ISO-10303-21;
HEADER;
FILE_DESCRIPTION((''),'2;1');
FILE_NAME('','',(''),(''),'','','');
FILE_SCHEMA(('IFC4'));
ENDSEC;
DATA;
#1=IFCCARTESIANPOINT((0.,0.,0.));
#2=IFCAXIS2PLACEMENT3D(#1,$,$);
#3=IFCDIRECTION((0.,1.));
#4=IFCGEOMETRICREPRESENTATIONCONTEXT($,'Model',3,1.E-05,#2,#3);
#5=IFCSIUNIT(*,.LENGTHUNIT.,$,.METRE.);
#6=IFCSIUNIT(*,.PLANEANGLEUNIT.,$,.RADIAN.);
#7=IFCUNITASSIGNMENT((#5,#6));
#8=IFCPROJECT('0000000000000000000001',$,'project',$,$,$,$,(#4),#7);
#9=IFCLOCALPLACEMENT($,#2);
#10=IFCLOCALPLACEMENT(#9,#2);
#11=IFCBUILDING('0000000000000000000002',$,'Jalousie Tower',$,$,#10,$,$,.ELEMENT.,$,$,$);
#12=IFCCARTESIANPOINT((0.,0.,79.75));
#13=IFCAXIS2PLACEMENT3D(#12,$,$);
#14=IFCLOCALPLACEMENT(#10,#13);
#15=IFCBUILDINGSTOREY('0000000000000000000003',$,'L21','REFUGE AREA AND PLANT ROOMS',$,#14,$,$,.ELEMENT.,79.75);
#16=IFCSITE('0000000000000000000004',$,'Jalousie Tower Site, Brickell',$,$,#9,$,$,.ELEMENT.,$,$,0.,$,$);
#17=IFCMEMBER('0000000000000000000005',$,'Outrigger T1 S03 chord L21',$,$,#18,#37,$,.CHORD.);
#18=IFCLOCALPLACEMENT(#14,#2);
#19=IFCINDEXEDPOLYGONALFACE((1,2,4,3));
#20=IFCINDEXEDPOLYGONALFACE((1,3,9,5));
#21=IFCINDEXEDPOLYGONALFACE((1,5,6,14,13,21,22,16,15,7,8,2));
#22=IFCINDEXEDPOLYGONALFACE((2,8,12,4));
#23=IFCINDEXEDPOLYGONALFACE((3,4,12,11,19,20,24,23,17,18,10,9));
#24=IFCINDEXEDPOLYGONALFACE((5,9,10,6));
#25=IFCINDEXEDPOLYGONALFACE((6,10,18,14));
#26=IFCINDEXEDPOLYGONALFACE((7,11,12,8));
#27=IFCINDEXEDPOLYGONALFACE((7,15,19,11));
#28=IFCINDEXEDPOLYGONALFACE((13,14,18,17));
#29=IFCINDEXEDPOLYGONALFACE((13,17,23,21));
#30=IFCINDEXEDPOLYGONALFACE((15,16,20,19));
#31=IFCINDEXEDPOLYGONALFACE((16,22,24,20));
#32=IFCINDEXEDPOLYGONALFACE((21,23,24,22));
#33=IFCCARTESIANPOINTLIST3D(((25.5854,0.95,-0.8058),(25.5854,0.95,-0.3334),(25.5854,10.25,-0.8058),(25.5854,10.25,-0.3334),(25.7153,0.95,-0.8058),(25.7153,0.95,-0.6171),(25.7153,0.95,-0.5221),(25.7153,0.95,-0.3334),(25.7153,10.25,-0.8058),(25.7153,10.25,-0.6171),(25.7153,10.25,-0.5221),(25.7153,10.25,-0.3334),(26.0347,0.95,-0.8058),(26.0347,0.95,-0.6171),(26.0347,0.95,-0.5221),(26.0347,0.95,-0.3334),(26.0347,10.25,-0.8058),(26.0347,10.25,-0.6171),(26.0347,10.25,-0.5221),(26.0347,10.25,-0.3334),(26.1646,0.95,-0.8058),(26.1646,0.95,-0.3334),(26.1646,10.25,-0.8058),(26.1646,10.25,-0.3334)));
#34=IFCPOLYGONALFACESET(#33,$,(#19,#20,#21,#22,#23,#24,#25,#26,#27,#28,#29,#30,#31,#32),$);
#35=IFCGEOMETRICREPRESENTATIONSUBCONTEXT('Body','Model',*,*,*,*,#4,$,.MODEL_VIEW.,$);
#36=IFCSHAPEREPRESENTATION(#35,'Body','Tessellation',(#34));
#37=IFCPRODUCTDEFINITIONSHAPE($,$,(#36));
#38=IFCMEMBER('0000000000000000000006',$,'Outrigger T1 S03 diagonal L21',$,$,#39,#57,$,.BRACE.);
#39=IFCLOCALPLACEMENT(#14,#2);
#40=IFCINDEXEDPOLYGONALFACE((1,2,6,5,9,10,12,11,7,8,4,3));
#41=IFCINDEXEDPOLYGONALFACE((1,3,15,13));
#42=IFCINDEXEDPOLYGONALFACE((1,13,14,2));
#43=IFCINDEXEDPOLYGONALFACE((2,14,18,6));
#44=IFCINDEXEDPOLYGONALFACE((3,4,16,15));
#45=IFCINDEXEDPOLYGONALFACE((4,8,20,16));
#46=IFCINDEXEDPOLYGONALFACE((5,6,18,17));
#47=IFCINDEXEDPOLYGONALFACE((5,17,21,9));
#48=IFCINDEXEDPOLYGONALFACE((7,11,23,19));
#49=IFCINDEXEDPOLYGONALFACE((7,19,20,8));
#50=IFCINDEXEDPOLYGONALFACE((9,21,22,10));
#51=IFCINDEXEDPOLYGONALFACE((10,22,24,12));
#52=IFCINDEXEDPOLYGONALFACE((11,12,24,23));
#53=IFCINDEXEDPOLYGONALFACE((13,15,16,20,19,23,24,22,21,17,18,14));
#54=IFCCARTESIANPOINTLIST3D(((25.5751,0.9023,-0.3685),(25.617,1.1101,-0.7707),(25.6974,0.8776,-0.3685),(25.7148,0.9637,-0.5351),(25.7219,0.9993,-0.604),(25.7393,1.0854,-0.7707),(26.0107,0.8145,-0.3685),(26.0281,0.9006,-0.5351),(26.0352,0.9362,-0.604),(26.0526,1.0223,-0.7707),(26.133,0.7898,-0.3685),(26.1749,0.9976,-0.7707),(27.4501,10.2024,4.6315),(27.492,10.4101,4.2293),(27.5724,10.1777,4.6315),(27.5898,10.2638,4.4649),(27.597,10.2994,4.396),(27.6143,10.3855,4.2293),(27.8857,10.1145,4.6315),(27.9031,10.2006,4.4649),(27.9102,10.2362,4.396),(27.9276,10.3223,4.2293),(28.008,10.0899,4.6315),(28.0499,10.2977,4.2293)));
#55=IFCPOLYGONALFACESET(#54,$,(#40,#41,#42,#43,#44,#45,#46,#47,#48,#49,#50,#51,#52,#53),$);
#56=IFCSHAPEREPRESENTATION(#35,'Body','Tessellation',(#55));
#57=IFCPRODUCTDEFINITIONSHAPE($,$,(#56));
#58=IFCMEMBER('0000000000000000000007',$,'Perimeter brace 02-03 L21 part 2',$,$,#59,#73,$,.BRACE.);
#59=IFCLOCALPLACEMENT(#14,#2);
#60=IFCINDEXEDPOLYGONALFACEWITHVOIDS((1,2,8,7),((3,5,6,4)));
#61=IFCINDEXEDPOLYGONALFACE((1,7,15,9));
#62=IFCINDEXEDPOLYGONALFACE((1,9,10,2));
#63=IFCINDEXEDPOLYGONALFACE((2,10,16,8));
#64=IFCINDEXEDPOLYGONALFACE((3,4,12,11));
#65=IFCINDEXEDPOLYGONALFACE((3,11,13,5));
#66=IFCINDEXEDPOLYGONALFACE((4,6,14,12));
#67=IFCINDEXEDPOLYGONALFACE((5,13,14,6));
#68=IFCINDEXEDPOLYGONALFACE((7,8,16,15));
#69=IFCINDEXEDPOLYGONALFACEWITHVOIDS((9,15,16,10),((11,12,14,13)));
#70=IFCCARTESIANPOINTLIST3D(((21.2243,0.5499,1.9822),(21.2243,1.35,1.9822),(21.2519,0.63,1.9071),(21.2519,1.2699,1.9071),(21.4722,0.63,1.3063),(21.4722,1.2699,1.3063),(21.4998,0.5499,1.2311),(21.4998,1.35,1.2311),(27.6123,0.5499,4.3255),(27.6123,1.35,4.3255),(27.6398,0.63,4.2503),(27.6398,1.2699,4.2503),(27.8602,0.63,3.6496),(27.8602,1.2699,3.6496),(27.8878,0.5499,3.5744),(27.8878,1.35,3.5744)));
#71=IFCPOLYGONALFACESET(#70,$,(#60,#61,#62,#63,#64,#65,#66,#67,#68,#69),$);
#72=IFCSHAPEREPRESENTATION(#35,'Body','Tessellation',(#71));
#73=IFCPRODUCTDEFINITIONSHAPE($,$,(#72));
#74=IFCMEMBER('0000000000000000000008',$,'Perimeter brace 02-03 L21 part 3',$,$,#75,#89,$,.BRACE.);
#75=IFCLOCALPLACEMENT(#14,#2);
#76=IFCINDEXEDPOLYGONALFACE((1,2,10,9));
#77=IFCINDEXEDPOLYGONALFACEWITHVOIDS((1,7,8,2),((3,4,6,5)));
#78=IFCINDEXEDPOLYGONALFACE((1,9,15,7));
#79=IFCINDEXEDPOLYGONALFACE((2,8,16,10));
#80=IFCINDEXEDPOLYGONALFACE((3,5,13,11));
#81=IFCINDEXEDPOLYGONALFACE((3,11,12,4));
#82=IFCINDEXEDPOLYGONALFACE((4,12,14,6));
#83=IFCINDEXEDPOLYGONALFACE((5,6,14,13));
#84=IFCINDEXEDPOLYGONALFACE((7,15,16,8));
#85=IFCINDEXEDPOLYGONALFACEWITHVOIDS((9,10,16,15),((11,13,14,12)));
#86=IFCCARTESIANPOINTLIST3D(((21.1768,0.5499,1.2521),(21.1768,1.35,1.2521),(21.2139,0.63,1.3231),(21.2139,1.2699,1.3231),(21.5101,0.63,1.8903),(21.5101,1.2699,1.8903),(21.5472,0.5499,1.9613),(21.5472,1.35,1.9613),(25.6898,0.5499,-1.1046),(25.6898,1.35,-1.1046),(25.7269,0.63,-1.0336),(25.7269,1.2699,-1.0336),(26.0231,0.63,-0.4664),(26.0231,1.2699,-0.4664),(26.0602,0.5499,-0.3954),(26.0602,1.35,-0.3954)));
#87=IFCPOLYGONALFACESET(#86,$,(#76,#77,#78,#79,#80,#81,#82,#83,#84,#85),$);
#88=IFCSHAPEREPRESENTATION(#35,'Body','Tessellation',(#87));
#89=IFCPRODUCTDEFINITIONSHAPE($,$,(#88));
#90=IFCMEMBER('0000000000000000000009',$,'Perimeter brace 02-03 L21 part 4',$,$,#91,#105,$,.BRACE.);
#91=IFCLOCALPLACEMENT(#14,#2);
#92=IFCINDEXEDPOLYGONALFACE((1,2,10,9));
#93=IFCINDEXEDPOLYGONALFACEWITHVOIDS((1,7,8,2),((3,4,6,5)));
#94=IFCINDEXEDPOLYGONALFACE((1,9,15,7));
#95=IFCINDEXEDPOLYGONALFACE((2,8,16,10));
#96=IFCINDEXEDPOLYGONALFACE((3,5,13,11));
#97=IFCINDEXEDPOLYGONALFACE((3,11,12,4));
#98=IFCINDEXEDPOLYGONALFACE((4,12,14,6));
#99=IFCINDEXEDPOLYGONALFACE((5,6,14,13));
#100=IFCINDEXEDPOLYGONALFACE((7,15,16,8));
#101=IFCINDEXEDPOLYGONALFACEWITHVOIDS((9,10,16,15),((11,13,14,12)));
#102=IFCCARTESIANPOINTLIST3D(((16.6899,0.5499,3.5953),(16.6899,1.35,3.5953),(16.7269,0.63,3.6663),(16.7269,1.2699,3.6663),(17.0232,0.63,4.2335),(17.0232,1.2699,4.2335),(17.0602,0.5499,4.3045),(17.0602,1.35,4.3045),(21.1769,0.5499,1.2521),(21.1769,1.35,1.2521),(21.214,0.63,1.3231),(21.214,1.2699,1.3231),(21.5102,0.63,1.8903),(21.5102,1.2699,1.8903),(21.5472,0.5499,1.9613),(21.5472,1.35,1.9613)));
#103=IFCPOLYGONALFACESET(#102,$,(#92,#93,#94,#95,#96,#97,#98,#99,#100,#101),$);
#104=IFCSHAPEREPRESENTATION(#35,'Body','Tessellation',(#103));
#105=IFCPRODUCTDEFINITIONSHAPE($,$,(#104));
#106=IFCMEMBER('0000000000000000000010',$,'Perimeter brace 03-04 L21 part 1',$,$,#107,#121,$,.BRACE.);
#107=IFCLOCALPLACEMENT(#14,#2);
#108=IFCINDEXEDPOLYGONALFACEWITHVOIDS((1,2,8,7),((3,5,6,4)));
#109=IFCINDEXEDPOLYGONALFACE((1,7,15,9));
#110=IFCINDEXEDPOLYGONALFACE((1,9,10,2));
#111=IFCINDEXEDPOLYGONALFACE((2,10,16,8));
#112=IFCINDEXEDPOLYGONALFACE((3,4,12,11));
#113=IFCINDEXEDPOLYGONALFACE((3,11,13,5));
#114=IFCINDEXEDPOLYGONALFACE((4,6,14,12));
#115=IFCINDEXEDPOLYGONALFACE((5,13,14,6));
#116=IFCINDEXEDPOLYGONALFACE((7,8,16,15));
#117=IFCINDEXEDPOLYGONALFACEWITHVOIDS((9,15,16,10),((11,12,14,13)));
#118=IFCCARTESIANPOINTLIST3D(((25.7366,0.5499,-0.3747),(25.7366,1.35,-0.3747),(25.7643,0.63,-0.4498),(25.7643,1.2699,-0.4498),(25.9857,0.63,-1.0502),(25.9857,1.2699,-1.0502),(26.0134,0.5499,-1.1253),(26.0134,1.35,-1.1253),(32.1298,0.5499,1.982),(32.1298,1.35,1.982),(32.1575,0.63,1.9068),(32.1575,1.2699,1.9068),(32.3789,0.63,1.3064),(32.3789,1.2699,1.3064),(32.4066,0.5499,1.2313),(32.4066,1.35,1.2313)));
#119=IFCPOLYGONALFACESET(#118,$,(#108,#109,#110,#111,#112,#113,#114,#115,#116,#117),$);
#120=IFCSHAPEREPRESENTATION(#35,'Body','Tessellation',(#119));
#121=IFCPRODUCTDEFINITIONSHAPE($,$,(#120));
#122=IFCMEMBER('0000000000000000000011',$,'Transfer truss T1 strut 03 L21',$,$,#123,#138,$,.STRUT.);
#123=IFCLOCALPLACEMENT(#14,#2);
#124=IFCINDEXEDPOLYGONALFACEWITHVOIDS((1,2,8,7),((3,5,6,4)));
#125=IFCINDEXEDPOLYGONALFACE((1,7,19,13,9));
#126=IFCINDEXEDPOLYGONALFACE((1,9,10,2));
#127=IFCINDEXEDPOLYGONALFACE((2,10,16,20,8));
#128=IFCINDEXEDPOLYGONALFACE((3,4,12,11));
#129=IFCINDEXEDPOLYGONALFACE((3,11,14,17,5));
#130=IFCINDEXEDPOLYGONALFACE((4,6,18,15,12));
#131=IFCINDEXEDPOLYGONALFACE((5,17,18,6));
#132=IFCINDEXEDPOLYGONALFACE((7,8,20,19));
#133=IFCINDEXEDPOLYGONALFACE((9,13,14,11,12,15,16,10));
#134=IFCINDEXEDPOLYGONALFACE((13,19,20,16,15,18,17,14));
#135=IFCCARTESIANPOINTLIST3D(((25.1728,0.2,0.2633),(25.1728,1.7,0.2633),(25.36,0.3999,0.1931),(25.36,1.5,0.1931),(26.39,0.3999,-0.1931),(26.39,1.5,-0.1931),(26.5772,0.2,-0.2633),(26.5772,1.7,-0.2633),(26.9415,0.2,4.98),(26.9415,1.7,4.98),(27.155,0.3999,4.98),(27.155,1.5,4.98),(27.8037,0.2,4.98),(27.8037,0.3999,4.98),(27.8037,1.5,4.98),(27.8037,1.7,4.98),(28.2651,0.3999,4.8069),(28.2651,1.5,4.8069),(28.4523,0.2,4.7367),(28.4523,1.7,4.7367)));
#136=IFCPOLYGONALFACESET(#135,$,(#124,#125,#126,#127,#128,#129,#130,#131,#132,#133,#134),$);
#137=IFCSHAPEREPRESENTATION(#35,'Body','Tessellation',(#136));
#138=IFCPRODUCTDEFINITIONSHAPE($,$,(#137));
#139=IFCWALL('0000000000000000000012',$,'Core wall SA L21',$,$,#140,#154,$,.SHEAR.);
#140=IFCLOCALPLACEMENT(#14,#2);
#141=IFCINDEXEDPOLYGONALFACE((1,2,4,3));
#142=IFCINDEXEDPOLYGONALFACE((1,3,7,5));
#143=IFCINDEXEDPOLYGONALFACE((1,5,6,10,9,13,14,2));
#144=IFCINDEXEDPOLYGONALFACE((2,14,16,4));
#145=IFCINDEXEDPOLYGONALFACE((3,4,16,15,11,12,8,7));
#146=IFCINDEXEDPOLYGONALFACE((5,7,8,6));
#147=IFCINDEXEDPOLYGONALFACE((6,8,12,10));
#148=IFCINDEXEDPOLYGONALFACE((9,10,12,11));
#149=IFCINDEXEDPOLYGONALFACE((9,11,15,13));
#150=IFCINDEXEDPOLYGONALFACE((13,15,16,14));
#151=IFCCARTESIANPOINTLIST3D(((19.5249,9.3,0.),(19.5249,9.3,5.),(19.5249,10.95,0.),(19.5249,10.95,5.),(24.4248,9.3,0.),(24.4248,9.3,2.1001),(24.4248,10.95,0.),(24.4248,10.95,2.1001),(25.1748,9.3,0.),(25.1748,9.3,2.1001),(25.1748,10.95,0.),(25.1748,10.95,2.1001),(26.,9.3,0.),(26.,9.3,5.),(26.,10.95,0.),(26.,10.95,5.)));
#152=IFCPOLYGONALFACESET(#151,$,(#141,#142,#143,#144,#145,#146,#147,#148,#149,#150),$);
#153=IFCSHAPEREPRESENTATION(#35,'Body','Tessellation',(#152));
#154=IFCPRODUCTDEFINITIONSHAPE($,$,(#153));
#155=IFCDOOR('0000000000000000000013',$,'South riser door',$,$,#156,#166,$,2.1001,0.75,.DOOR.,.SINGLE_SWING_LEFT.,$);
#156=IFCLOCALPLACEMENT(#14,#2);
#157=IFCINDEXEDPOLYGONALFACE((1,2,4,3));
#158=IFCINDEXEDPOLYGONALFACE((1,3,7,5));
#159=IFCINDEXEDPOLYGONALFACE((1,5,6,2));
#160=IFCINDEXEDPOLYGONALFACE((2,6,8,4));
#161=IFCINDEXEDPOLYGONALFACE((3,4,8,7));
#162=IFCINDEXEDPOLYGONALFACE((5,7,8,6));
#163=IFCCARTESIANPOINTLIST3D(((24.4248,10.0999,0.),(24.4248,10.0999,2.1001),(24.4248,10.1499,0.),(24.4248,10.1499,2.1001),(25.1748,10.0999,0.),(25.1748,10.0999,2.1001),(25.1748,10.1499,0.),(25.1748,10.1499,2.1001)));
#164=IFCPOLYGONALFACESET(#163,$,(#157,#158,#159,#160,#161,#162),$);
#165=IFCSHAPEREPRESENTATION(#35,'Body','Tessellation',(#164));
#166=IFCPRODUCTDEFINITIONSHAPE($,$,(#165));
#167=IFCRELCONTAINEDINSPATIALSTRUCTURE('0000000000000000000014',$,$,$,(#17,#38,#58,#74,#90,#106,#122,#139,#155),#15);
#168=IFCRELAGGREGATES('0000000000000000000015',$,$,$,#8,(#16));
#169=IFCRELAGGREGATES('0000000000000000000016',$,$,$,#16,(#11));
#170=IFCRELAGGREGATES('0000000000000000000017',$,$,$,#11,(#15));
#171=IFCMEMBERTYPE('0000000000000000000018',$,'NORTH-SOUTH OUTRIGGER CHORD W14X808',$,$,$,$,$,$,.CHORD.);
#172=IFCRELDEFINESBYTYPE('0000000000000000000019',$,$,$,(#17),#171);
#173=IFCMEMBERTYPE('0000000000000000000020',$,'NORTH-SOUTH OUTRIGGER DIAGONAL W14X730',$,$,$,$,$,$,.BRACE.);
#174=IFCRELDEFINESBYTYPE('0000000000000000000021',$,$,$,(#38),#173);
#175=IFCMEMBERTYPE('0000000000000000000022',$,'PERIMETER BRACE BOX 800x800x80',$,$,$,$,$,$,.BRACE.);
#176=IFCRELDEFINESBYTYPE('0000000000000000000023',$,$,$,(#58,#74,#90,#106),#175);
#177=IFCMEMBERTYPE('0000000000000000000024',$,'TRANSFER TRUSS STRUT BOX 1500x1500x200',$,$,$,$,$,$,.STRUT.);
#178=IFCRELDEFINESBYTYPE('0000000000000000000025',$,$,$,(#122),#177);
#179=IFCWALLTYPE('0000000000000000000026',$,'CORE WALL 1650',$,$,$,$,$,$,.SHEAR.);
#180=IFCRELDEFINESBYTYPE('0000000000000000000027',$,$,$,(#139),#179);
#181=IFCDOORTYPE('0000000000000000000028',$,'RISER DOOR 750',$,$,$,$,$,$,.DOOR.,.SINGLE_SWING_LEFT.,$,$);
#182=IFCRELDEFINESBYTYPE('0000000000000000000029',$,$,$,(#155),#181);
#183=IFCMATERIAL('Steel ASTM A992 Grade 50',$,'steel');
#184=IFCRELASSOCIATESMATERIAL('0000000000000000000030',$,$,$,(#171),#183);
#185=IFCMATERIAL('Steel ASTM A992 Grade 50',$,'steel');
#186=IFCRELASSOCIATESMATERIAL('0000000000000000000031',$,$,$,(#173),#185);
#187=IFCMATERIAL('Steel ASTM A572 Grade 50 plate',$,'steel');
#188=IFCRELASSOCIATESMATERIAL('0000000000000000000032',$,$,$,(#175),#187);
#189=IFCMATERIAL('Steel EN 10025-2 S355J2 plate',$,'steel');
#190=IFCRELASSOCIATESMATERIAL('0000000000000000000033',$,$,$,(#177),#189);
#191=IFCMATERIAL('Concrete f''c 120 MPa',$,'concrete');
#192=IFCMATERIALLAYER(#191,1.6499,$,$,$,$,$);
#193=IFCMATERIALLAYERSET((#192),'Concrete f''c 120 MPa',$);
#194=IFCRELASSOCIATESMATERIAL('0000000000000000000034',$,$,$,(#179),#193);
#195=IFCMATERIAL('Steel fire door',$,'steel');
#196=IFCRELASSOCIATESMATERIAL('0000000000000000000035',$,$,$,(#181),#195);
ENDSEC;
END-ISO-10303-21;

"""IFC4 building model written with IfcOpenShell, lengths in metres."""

from ifc_helpers import new_model, si_unit, direction, frame, frame_2d, origin, origin_2d, place, context, subcontext, project, spatial, rectangle, hollow_rectangle, i_section, extrude, clip, halfspace, material, layer, layer_set, material_profile, profile_set, type_object, element, fill, save


model = new_model("IFC4")

# Units and contexts
model_context = context("Model", 3, precision=1e-05, world=origin(), true_north=direction((0.0, 1.0)))
body_context = subcontext(model_context, "Body", "Model", "MODEL_VIEW")
ifc_project = project(units=[si_unit("LENGTHUNIT", "METRE"), si_unit("PLANEANGLEUNIT", "RADIAN")], contexts=[model_context])

# Site, building, storey
site_placement = place(None, origin())
site = spatial("IfcSite", under=ifc_project, at=site_placement, Name="Jalousie Tower Site, Brickell", CompositionType="ELEMENT", RefElevation=0.0)
building_placement = place(site_placement, origin())
building = spatial("IfcBuilding", under=site, at=building_placement, Name="Jalousie Tower", CompositionType="ELEMENT")
storey_placement = place(building_placement, frame((0.0, 0.0, 79.75)))
storey = spatial("IfcBuildingStorey", under=building, at=storey_placement, Name="L21", Description="REFUGE AREA AND PLANT ROOMS", CompositionType="ELEMENT", Elevation=79.75)

# Members
ifc_material_1 = material(Name="Steel ASTM A992 Grade 50", Category="steel")
ifc_material_profile_1 = material_profile(ifc_material_1, i_section(OverallWidth=0.4724, OverallDepth=0.5791, WebThickness=0.095, FlangeThickness=0.1299, at=origin_2d()), Name="W14X808")
ifc_profile_set_1 = profile_set([ifc_material_profile_1], Name="Steel ASTM A992 Grade 50")
member_type_1 = type_object("IfcMemberType", Name="NORTH-SOUTH OUTRIGGER CHORD W14X808", PredefinedType="CHORD", material=ifc_profile_set_1)
member_1_placement = place(storey_placement, frame((25.875, 0.95, -0.5696), z_axis=(0.0, 1.0, 0.0), x_axis=(0.0, 0.0, 1.0)))
element("IfcMember", 1, at=member_1_placement, inside=storey, type_object=member_type_1, Name="Outrigger T1 S03 chord L21", PredefinedType="CHORD", context=body_context, shape_type="SweptSolid", body=[
    extrude(i_section(OverallWidth=0.4724, OverallDepth=0.5791, WebThickness=0.095, FlangeThickness=0.1299, at=origin_2d()), origin(), (0.0, 0.0, 1.0), 9.3),
])
ifc_material_2 = material(Name="Steel ASTM A992 Grade 50", Category="steel")
ifc_material_profile_2 = material_profile(ifc_material_2, i_section(OverallWidth=0.4546, OverallDepth=0.5691, WebThickness=0.0779, FlangeThickness=0.1248, at=origin_2d()), Name="W14X730")
ifc_profile_set_2 = profile_set([ifc_material_profile_2], Name="Steel ASTM A992 Grade 50")
member_type_2 = type_object("IfcMemberType", Name="NORTH-SOUTH OUTRIGGER DIAGONAL W14X730", PredefinedType="BRACE", material=ifc_profile_set_2)
member_2_placement = place(storey_placement, frame((25.875, 0.95, -0.5696), z_axis=(0.17484, 0.867209, 0.466239), x_axis=(-0.092145, -0.457043, 0.884659)))
element("IfcMember", 2, at=member_2_placement, inside=storey, type_object=member_type_2, Name="Outrigger T1 S03 diagonal L21", PredefinedType="BRACE", context=body_context, shape_type="SweptSolid", body=[
    extrude(i_section(OverallWidth=0.4546, OverallDepth=0.5691, WebThickness=0.0779, FlangeThickness=0.1248, at=origin_2d()), origin(), (0.0, 0.0, 1.0), 10.7241),
])
ifc_material_3 = material(Name="Steel ASTM A572 Grade 50 plate", Category="steel")
ifc_material_profile_3 = material_profile(ifc_material_3, hollow_rectangle(XDim=0.8, YDim=0.8, WallThickness=0.0801, at=origin_2d()), Name="BOX 800x800x80")
ifc_profile_set_3 = profile_set([ifc_material_profile_3], Name="Steel ASTM A572 Grade 50 plate")
member_type_3 = type_object("IfcMemberType", Name="PERIMETER BRACE BOX 800x800x80", PredefinedType="BRACE", material=ifc_profile_set_3)
member_3_placement = place(storey_placement, frame((21.3621, 0.95, 1.6067), z_axis=(0.938828, 0.0, 0.344386), x_axis=(0.0, 1.0, 0.0)))
element("IfcMember", 3, at=member_3_placement, inside=storey, type_object=member_type_3, Name="Perimeter brace 02-03 L21 part 2", PredefinedType="BRACE", context=body_context, shape_type="SweptSolid", body=[
    extrude(hollow_rectangle(XDim=0.8, YDim=0.8, WallThickness=0.0801, at=origin_2d()), origin(), (0.0, 0.0, 1.0), 6.8042),
])
member_4_placement = place(storey_placement, frame((25.875, 0.95, -0.75), z_axis=(-0.886415, 0.0, 0.462892), x_axis=(0.0, -1.0, 0.0)))
element("IfcMember", 4, at=member_4_placement, inside=storey, type_object=member_type_3, Name="Perimeter brace 02-03 L21 part 3", PredefinedType="BRACE", context=body_context, shape_type="SweptSolid", body=[
    extrude(hollow_rectangle(XDim=0.8, YDim=0.8, WallThickness=0.0801, at=origin_2d()), origin(), (0.0, 0.0, 1.0), 5.0913),
])
member_5_placement = place(storey_placement, frame((21.3621, 0.95, 1.6067), z_axis=(-0.886408, 0.0, 0.462906), x_axis=(0.0, -1.0, 0.0)))
element("IfcMember", 5, at=member_5_placement, inside=storey, type_object=member_type_3, Name="Perimeter brace 02-03 L21 part 4", PredefinedType="BRACE", context=body_context, shape_type="SweptSolid", body=[
    extrude(hollow_rectangle(XDim=0.8, YDim=0.8, WallThickness=0.0801, at=origin_2d()), origin(), (0.0, 0.0, 1.0), 5.062),
])
member_6_placement = place(storey_placement, frame((25.875, 0.95, -0.75), z_axis=(0.938283, 0.0, 0.345868), x_axis=(0.0, 1.0, 0.0)))
element("IfcMember", 6, at=member_6_placement, inside=storey, type_object=member_type_3, Name="Perimeter brace 03-04 L21 part 1", PredefinedType="BRACE", context=body_context, shape_type="SweptSolid", body=[
    extrude(hollow_rectangle(XDim=0.8, YDim=0.8, WallThickness=0.0801, at=origin_2d()), origin(), (0.0, 0.0, 1.0), 6.8137),
])
ifc_material_4 = material(Name="Steel EN 10025-2 S355J2 plate", Category="steel")
ifc_material_profile_4 = material_profile(ifc_material_4, hollow_rectangle(XDim=1.5, YDim=1.5, WallThickness=0.2, at=origin_2d()), Name="BOX 1500x1500x200")
ifc_profile_set_4 = profile_set([ifc_material_profile_4], Name="Steel EN 10025-2 S355J2 plate")
member_type_4 = type_object("IfcMemberType", Name="TRANSFER TRUSS STRUT BOX 1500x1500x200", PredefinedType="STRUT", material=ifc_profile_set_4)
member_7_placement = place(storey_placement, frame((25.875, 0.95, 0.0), z_axis=(0.351123, 0.0, 0.936329), x_axis=(0.0, 1.0, 0.0)))
element("IfcMember", 7, at=member_7_placement, inside=storey, type_object=member_type_4, Name="Transfer truss T1 strut 03 L21", PredefinedType="STRUT", context=body_context, shape_type="Clipping", body=[
    clip(extrude(hollow_rectangle(XDim=1.5, YDim=1.5, WallThickness=0.2, at=origin_2d()), origin(), (0.0, 0.0, 1.0), 5.3401), halfspace(frame((0.0, 0.0, 5.3186), z_axis=(0.0, 0.351123, 0.936329)), False)),
])

# Wall, opening, door
ifc_material_5 = material(Name="Concrete f'c 120 MPa", Category="concrete")
ifc_layer_1 = layer(ifc_material_5, 1.6499)
ifc_layer_set_1 = layer_set([ifc_layer_1], Name="Concrete f'c 120 MPa")
wall_type_1 = type_object("IfcWallType", Name="CORE WALL 1650", PredefinedType="SHEAR", material=ifc_layer_set_1)
wall_1_placement = place(storey_placement, frame((19.5249, 10.125, 0.0), z_axis=(0.0, 0.0, 1.0), x_axis=(1.0, 0.0, 0.0)))
wall_1 = element("IfcWall", 8, at=wall_1_placement, inside=storey, type_object=wall_type_1, Name="Core wall SA L21", PredefinedType="SHEAR", context=body_context, shape_type="SweptSolid", body=[
    extrude(rectangle(XDim=6.4751, YDim=1.6499, at=frame_2d((3.2375, 0.0))), origin(), (0.0, 0.0, 1.0), 5.0),
])
opening_1_placement = place(wall_1_placement, frame((4.8999, 0.0, 0.0)))
opening_1 = element("IfcOpeningElement", 9, at=opening_1_placement, cuts=wall_1, PredefinedType="OPENING", context=body_context, shape_type="SweptSolid", body=[
    extrude(rectangle(XDim=0.75, YDim=2.1001, at=frame_2d((0.375, 1.05))), frame((0.0, 0.835, 0.0), z_axis=(0.0, -1.0, 0.0), x_axis=(1.0, 0.0, 0.0)), (0.0, 0.0, 1.0), 1.6699),
])
ifc_material_6 = material(Name="Steel fire door", Category="steel")
door_type_1 = type_object("IfcDoorType", Name="RISER DOOR 750", OperationType="SINGLE_SWING_LEFT", PredefinedType="DOOR", material=ifc_material_6)
door_1_placement = place(opening_1_placement, origin())
door_1 = element("IfcDoor", 10, at=door_1_placement, inside=storey, type_object=door_type_1, Name="South riser door", OperationType="SINGLE_SWING_LEFT", OverallHeight=2.1001, OverallWidth=0.75, PredefinedType="DOOR", context=body_context, shape_type="SweptSolid", body=[
    extrude(rectangle(XDim=0.75, YDim=2.1001, at=frame_2d((0.375, 1.05))), frame((0.0, 0.0249, 0.0), z_axis=(0.0, -1.0, 0.0), x_axis=(1.0, 0.0, 0.0)), (0.0, 0.0, 1.0), 0.05),
])
fill(opening_1, door_1)

save(model, "model.ifc")
